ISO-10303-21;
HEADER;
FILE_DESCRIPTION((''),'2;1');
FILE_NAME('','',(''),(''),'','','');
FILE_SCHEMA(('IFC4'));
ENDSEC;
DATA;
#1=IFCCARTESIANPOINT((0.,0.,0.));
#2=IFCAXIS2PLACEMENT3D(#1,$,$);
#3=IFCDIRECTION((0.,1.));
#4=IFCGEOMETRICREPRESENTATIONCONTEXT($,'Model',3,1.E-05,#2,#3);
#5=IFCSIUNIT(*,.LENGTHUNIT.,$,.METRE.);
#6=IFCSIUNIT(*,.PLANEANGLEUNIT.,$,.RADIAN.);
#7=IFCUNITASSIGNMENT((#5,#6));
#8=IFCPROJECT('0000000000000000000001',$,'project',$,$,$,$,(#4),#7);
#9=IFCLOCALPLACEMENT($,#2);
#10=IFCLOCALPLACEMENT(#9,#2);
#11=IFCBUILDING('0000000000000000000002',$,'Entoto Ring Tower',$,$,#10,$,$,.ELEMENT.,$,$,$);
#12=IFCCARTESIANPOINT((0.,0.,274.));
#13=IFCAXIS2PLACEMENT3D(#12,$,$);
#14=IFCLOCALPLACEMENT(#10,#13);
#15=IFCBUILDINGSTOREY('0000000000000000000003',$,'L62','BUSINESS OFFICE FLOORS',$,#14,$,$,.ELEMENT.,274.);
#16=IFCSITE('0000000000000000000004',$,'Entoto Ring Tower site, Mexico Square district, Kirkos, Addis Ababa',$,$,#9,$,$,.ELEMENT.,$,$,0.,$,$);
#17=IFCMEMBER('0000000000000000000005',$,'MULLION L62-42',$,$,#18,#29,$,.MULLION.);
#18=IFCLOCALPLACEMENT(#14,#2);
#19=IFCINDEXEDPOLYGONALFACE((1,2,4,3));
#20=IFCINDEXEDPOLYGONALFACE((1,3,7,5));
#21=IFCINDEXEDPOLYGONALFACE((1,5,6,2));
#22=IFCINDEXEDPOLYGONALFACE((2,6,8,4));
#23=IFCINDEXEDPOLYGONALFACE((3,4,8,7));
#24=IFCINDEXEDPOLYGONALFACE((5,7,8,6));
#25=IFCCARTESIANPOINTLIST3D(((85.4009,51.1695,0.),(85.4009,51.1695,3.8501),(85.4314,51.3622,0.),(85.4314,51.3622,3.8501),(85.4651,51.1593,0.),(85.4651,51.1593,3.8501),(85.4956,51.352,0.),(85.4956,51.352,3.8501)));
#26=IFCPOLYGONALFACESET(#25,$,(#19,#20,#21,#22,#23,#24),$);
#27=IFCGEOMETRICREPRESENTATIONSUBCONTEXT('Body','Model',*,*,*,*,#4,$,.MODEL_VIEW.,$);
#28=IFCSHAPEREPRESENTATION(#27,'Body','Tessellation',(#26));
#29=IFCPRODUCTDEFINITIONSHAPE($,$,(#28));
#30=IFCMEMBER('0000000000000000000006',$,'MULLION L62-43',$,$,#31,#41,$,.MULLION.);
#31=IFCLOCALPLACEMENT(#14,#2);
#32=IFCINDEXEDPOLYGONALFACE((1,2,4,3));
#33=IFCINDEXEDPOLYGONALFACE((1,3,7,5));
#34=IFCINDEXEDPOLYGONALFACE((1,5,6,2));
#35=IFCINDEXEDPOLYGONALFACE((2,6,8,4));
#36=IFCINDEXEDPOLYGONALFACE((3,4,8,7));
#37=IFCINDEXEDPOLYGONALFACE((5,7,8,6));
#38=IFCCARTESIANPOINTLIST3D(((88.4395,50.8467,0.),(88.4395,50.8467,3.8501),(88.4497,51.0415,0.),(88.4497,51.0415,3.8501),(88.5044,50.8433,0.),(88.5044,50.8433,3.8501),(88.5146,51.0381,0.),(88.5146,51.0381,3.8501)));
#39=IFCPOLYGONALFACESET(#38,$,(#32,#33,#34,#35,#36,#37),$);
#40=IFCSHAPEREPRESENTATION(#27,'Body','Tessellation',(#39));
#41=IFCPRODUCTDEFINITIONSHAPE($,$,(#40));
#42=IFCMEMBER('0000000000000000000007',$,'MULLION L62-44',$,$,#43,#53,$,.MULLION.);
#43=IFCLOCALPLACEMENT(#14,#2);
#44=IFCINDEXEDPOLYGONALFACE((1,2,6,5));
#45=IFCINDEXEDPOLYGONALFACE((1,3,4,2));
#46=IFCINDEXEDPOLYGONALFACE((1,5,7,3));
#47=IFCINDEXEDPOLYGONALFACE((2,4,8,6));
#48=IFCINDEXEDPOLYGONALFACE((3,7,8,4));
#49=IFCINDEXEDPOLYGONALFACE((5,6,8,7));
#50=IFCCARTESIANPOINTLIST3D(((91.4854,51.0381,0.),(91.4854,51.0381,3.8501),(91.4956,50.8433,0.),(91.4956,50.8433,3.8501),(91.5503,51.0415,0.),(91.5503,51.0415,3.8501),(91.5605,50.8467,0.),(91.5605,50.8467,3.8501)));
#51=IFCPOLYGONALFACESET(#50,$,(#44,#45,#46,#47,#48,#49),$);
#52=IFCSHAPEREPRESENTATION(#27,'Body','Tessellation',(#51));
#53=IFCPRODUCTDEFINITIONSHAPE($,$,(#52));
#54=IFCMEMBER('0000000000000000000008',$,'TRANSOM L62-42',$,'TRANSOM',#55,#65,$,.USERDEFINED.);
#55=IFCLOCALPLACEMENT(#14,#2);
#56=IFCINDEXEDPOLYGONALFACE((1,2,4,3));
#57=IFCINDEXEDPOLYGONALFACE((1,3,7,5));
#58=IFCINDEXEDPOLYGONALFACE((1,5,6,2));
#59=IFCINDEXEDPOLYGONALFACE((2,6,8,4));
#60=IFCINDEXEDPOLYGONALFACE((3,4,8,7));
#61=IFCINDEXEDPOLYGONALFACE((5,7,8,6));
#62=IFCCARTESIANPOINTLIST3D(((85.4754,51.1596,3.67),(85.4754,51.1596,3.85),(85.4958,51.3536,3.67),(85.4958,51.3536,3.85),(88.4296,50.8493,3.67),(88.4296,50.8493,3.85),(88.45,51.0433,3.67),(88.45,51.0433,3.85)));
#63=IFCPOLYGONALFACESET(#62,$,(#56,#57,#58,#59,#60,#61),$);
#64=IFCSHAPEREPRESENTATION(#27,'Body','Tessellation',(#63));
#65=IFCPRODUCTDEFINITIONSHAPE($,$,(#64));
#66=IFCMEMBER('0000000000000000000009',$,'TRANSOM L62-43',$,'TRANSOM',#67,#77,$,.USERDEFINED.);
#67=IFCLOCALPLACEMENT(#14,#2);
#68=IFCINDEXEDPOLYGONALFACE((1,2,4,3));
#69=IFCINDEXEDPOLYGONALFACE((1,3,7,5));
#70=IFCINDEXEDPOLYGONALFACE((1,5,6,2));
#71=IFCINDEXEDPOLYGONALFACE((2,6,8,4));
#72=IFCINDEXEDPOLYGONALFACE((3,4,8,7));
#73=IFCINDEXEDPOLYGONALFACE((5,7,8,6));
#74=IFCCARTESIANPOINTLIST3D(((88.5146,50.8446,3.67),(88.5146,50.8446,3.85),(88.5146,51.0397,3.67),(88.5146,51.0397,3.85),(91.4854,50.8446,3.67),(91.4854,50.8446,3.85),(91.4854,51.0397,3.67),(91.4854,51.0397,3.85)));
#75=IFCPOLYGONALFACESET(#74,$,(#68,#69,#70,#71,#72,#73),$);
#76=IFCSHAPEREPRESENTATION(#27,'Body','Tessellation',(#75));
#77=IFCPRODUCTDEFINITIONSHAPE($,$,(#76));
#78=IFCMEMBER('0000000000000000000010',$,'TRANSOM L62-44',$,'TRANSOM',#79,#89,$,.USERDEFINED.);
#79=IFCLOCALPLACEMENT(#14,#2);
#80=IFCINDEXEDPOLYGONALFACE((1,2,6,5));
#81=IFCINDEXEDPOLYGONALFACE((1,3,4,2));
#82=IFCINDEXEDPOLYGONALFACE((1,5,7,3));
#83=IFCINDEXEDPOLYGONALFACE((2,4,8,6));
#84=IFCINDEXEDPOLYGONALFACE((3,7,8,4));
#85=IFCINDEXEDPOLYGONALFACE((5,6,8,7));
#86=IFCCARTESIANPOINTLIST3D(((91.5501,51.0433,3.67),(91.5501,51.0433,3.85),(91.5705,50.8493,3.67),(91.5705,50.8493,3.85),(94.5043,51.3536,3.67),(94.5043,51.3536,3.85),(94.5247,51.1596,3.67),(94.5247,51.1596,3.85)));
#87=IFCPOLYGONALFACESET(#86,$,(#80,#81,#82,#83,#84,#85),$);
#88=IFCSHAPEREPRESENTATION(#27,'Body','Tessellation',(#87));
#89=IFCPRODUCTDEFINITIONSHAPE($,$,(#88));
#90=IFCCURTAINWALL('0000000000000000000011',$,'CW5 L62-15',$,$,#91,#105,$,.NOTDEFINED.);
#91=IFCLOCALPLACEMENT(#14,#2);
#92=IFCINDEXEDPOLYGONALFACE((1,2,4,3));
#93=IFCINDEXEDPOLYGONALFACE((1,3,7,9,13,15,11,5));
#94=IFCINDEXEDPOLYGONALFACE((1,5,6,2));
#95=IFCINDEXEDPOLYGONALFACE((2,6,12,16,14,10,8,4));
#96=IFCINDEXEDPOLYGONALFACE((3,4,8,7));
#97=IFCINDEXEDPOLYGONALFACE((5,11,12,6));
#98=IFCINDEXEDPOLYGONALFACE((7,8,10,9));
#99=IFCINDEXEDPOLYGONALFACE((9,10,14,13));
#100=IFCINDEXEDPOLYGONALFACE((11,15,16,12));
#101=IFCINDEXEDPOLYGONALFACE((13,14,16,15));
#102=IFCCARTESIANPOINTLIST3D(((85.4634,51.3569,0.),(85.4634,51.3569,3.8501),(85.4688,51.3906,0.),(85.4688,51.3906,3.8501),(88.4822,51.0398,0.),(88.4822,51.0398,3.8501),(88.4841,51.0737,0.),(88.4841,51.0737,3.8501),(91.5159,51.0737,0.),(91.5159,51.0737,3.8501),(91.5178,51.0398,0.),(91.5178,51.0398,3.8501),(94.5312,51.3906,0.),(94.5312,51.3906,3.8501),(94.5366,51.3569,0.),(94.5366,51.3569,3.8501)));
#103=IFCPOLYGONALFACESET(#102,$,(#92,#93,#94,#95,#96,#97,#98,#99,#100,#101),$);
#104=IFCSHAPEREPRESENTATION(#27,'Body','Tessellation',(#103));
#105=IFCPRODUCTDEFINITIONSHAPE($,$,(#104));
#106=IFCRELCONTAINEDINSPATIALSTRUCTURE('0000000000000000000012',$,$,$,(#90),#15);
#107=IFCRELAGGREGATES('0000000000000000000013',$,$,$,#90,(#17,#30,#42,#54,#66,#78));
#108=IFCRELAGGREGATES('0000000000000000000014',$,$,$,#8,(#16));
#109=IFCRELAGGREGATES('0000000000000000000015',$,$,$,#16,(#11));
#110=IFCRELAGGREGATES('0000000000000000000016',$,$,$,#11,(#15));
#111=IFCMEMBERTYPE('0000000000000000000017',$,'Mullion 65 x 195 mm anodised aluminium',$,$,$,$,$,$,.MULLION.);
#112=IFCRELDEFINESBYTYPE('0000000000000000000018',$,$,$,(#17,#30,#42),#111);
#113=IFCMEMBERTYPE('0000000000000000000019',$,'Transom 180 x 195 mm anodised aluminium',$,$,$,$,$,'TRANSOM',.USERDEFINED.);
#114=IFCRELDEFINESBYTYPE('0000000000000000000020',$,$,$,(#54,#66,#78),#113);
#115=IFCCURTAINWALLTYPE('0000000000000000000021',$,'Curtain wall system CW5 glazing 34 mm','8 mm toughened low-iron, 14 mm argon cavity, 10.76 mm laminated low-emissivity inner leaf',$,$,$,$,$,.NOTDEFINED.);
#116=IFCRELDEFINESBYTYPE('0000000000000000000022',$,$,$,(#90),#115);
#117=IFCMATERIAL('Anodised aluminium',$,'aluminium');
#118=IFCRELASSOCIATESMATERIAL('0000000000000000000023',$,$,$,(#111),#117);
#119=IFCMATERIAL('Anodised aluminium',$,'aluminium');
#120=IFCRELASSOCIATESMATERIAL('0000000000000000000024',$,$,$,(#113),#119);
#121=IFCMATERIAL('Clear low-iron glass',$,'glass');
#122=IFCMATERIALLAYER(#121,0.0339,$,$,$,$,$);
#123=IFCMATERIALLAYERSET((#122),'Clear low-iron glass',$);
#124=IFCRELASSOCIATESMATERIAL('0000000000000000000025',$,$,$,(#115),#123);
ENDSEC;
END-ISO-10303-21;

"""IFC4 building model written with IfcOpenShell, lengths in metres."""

from ifc_helpers import new_model, si_unit, direction, frame, origin, origin_2d, place, context, subcontext, project, spatial, polyline, rectangle, outline, extrude, material, layer, layer_set, material_profile, profile_set, type_object, element, aggregate, save


model = new_model("IFC4")

# Units and contexts
model_context = context("Model", 3, precision=1e-05, world=origin(), true_north=direction((0.0, 1.0)))
body_context = subcontext(model_context, "Body", "Model", "MODEL_VIEW")
ifc_project = project(units=[si_unit("LENGTHUNIT", "METRE"), si_unit("PLANEANGLEUNIT", "RADIAN")], contexts=[model_context])

# Members
ifc_material_1 = material(Name="Anodised aluminium", Category="aluminium")
ifc_material_profile_1 = material_profile(ifc_material_1, rectangle(XDim=0.0649, YDim=0.1951, at=origin_2d()), Name="Mullion 65 x 195 mm anodised aluminium")
ifc_profile_set_1 = profile_set([ifc_material_profile_1], Name="Anodised aluminium")
member_type_1 = type_object("IfcMemberType", Name="Mullion 65 x 195 mm anodised aluminium", PredefinedType="MULLION", material=ifc_profile_set_1)
site_placement = place(None, origin())
building_placement = place(site_placement, origin())
storey_placement = place(building_placement, frame((0.0, 0.0, 274.0)))
member_1_placement = place(storey_placement, frame((85.4482, 51.2607, 0.0), z_axis=(0.0, 0.0, 1.0), x_axis=(0.987688, -0.156434, 0.0)))
member_1 = element("IfcMember", 1, at=member_1_placement, type_object=member_type_1, Name="MULLION L62-42", PredefinedType="MULLION", context=body_context, shape_type="SweptSolid", body=[
    extrude(rectangle(XDim=0.0649, YDim=0.1951, at=origin_2d()), origin(), (0.0, 0.0, 1.0), 3.8501),
])
member_2_placement = place(storey_placement, frame((88.4771, 50.9424, 0.0), z_axis=(0.0, 0.0, 1.0), x_axis=(0.99863, -0.052336, 0.0)))
member_2 = element("IfcMember", 2, at=member_2_placement, type_object=member_type_1, Name="MULLION L62-43", PredefinedType="MULLION", context=body_context, shape_type="SweptSolid", body=[
    extrude(rectangle(XDim=0.0649, YDim=0.1951, at=origin_2d()), origin(), (0.0, 0.0, 1.0), 3.8501),
])
member_3_placement = place(storey_placement, frame((91.5229, 50.9424, 0.0), z_axis=(0.0, 0.0, 1.0), x_axis=(0.99863, 0.052336, 0.0)))
member_3 = element("IfcMember", 3, at=member_3_placement, type_object=member_type_1, Name="MULLION L62-44", PredefinedType="MULLION", context=body_context, shape_type="SweptSolid", body=[
    extrude(rectangle(XDim=0.0649, YDim=0.1951, at=origin_2d()), origin(), (0.0, 0.0, 1.0), 3.8501),
])
ifc_material_2 = material(Name="Anodised aluminium", Category="aluminium")
ifc_material_profile_2 = material_profile(ifc_material_2, rectangle(XDim=0.1951, YDim=0.1799, at=origin_2d()), Name="Transom 180 x 195 mm anodised aluminium")
ifc_profile_set_2 = profile_set([ifc_material_profile_2], Name="Anodised aluminium")
member_type_2 = type_object("IfcMemberType", Name="Transom 180 x 195 mm anodised aluminium", ElementType="TRANSOM", PredefinedType="USERDEFINED", material=ifc_profile_set_2)
member_4_placement = place(storey_placement, frame((85.4856, 51.2566, 3.76), z_axis=(0.994528, -0.104467, 0.0), x_axis=(0.104467, 0.994528, 0.0)))
member_4 = element("IfcMember", 4, at=member_4_placement, type_object=member_type_2, Name="TRANSOM L62-42", ObjectType="TRANSOM", PredefinedType="USERDEFINED", context=body_context, shape_type="SweptSolid", body=[
    extrude(rectangle(XDim=0.1951, YDim=0.1799, at=origin_2d()), origin(), (0.0, 0.0, 1.0), 2.9705),
])
member_5_placement = place(storey_placement, frame((88.5146, 50.9421, 3.76), z_axis=(1.0, 0.0, 0.0), x_axis=(0.0, 1.0, 0.0)))
member_5 = element("IfcMember", 5, at=member_5_placement, type_object=member_type_2, Name="TRANSOM L62-43", ObjectType="TRANSOM", PredefinedType="USERDEFINED", context=body_context, shape_type="SweptSolid", body=[
    extrude(rectangle(XDim=0.1951, YDim=0.1799, at=origin_2d()), origin(), (0.0, 0.0, 1.0), 2.9707),
])
member_6_placement = place(storey_placement, frame((91.5603, 50.9463, 3.76), z_axis=(0.994528, 0.104467, 0.0), x_axis=(-0.104467, 0.994528, 0.0)))
member_6 = element("IfcMember", 6, at=member_6_placement, type_object=member_type_2, Name="TRANSOM L62-44", ObjectType="TRANSOM", PredefinedType="USERDEFINED", context=body_context, shape_type="SweptSolid", body=[
    extrude(rectangle(XDim=0.1951, YDim=0.1799, at=origin_2d()), origin(), (0.0, 0.0, 1.0), 2.9705),
])

# Site, building, storey
site = spatial("IfcSite", under=ifc_project, at=site_placement, Name="Entoto Ring Tower site, Mexico Square district, Kirkos, Addis Ababa", CompositionType="ELEMENT", RefElevation=0.0)
building = spatial("IfcBuilding", under=site, at=building_placement, Name="Entoto Ring Tower", CompositionType="ELEMENT")
storey = spatial("IfcBuildingStorey", under=building, at=storey_placement, Name="L62", Description="BUSINESS OFFICE FLOORS", CompositionType="ELEMENT", Elevation=274.0)

# Curtain wall
ifc_material_3 = material(Name="Clear low-iron glass", Category="glass")
ifc_layer = layer(ifc_material_3, 0.0339)
ifc_layer_set = layer_set([ifc_layer], Name="Clear low-iron glass")
curtain_wall_type = type_object("IfcCurtainWallType", Name="Curtain wall system CW5 glazing 34 mm", Description="8 mm toughened low-iron, 14 mm argon cavity, 10.76 mm laminated low-emissivity inner leaf", PredefinedType="NOTDEFINED", material=ifc_layer_set)
curtain_wall_1_placement = place(storey_placement, origin())
curtain_wall_1 = element("IfcCurtainWall", 7, at=curtain_wall_1_placement, inside=storey, type_object=curtain_wall_type, Name="CW5 L62-15", PredefinedType="NOTDEFINED", context=body_context, shape_type="SweptSolid", body=[
    extrude(outline(polyline([(85.4634, 51.3569), (88.4822, 51.0398), (91.5178, 51.0398), (94.5366, 51.3569), (94.5312, 51.3906), (91.5159, 51.0737), (88.4841, 51.0737), (85.4688, 51.3906), (85.4634, 51.3569)])), origin(), (0.0, 0.0, 1.0), 3.8501),
])
aggregate(curtain_wall_1, [member_1, member_2, member_3, member_4, member_5, member_6])

save(model, "model.ifc")
